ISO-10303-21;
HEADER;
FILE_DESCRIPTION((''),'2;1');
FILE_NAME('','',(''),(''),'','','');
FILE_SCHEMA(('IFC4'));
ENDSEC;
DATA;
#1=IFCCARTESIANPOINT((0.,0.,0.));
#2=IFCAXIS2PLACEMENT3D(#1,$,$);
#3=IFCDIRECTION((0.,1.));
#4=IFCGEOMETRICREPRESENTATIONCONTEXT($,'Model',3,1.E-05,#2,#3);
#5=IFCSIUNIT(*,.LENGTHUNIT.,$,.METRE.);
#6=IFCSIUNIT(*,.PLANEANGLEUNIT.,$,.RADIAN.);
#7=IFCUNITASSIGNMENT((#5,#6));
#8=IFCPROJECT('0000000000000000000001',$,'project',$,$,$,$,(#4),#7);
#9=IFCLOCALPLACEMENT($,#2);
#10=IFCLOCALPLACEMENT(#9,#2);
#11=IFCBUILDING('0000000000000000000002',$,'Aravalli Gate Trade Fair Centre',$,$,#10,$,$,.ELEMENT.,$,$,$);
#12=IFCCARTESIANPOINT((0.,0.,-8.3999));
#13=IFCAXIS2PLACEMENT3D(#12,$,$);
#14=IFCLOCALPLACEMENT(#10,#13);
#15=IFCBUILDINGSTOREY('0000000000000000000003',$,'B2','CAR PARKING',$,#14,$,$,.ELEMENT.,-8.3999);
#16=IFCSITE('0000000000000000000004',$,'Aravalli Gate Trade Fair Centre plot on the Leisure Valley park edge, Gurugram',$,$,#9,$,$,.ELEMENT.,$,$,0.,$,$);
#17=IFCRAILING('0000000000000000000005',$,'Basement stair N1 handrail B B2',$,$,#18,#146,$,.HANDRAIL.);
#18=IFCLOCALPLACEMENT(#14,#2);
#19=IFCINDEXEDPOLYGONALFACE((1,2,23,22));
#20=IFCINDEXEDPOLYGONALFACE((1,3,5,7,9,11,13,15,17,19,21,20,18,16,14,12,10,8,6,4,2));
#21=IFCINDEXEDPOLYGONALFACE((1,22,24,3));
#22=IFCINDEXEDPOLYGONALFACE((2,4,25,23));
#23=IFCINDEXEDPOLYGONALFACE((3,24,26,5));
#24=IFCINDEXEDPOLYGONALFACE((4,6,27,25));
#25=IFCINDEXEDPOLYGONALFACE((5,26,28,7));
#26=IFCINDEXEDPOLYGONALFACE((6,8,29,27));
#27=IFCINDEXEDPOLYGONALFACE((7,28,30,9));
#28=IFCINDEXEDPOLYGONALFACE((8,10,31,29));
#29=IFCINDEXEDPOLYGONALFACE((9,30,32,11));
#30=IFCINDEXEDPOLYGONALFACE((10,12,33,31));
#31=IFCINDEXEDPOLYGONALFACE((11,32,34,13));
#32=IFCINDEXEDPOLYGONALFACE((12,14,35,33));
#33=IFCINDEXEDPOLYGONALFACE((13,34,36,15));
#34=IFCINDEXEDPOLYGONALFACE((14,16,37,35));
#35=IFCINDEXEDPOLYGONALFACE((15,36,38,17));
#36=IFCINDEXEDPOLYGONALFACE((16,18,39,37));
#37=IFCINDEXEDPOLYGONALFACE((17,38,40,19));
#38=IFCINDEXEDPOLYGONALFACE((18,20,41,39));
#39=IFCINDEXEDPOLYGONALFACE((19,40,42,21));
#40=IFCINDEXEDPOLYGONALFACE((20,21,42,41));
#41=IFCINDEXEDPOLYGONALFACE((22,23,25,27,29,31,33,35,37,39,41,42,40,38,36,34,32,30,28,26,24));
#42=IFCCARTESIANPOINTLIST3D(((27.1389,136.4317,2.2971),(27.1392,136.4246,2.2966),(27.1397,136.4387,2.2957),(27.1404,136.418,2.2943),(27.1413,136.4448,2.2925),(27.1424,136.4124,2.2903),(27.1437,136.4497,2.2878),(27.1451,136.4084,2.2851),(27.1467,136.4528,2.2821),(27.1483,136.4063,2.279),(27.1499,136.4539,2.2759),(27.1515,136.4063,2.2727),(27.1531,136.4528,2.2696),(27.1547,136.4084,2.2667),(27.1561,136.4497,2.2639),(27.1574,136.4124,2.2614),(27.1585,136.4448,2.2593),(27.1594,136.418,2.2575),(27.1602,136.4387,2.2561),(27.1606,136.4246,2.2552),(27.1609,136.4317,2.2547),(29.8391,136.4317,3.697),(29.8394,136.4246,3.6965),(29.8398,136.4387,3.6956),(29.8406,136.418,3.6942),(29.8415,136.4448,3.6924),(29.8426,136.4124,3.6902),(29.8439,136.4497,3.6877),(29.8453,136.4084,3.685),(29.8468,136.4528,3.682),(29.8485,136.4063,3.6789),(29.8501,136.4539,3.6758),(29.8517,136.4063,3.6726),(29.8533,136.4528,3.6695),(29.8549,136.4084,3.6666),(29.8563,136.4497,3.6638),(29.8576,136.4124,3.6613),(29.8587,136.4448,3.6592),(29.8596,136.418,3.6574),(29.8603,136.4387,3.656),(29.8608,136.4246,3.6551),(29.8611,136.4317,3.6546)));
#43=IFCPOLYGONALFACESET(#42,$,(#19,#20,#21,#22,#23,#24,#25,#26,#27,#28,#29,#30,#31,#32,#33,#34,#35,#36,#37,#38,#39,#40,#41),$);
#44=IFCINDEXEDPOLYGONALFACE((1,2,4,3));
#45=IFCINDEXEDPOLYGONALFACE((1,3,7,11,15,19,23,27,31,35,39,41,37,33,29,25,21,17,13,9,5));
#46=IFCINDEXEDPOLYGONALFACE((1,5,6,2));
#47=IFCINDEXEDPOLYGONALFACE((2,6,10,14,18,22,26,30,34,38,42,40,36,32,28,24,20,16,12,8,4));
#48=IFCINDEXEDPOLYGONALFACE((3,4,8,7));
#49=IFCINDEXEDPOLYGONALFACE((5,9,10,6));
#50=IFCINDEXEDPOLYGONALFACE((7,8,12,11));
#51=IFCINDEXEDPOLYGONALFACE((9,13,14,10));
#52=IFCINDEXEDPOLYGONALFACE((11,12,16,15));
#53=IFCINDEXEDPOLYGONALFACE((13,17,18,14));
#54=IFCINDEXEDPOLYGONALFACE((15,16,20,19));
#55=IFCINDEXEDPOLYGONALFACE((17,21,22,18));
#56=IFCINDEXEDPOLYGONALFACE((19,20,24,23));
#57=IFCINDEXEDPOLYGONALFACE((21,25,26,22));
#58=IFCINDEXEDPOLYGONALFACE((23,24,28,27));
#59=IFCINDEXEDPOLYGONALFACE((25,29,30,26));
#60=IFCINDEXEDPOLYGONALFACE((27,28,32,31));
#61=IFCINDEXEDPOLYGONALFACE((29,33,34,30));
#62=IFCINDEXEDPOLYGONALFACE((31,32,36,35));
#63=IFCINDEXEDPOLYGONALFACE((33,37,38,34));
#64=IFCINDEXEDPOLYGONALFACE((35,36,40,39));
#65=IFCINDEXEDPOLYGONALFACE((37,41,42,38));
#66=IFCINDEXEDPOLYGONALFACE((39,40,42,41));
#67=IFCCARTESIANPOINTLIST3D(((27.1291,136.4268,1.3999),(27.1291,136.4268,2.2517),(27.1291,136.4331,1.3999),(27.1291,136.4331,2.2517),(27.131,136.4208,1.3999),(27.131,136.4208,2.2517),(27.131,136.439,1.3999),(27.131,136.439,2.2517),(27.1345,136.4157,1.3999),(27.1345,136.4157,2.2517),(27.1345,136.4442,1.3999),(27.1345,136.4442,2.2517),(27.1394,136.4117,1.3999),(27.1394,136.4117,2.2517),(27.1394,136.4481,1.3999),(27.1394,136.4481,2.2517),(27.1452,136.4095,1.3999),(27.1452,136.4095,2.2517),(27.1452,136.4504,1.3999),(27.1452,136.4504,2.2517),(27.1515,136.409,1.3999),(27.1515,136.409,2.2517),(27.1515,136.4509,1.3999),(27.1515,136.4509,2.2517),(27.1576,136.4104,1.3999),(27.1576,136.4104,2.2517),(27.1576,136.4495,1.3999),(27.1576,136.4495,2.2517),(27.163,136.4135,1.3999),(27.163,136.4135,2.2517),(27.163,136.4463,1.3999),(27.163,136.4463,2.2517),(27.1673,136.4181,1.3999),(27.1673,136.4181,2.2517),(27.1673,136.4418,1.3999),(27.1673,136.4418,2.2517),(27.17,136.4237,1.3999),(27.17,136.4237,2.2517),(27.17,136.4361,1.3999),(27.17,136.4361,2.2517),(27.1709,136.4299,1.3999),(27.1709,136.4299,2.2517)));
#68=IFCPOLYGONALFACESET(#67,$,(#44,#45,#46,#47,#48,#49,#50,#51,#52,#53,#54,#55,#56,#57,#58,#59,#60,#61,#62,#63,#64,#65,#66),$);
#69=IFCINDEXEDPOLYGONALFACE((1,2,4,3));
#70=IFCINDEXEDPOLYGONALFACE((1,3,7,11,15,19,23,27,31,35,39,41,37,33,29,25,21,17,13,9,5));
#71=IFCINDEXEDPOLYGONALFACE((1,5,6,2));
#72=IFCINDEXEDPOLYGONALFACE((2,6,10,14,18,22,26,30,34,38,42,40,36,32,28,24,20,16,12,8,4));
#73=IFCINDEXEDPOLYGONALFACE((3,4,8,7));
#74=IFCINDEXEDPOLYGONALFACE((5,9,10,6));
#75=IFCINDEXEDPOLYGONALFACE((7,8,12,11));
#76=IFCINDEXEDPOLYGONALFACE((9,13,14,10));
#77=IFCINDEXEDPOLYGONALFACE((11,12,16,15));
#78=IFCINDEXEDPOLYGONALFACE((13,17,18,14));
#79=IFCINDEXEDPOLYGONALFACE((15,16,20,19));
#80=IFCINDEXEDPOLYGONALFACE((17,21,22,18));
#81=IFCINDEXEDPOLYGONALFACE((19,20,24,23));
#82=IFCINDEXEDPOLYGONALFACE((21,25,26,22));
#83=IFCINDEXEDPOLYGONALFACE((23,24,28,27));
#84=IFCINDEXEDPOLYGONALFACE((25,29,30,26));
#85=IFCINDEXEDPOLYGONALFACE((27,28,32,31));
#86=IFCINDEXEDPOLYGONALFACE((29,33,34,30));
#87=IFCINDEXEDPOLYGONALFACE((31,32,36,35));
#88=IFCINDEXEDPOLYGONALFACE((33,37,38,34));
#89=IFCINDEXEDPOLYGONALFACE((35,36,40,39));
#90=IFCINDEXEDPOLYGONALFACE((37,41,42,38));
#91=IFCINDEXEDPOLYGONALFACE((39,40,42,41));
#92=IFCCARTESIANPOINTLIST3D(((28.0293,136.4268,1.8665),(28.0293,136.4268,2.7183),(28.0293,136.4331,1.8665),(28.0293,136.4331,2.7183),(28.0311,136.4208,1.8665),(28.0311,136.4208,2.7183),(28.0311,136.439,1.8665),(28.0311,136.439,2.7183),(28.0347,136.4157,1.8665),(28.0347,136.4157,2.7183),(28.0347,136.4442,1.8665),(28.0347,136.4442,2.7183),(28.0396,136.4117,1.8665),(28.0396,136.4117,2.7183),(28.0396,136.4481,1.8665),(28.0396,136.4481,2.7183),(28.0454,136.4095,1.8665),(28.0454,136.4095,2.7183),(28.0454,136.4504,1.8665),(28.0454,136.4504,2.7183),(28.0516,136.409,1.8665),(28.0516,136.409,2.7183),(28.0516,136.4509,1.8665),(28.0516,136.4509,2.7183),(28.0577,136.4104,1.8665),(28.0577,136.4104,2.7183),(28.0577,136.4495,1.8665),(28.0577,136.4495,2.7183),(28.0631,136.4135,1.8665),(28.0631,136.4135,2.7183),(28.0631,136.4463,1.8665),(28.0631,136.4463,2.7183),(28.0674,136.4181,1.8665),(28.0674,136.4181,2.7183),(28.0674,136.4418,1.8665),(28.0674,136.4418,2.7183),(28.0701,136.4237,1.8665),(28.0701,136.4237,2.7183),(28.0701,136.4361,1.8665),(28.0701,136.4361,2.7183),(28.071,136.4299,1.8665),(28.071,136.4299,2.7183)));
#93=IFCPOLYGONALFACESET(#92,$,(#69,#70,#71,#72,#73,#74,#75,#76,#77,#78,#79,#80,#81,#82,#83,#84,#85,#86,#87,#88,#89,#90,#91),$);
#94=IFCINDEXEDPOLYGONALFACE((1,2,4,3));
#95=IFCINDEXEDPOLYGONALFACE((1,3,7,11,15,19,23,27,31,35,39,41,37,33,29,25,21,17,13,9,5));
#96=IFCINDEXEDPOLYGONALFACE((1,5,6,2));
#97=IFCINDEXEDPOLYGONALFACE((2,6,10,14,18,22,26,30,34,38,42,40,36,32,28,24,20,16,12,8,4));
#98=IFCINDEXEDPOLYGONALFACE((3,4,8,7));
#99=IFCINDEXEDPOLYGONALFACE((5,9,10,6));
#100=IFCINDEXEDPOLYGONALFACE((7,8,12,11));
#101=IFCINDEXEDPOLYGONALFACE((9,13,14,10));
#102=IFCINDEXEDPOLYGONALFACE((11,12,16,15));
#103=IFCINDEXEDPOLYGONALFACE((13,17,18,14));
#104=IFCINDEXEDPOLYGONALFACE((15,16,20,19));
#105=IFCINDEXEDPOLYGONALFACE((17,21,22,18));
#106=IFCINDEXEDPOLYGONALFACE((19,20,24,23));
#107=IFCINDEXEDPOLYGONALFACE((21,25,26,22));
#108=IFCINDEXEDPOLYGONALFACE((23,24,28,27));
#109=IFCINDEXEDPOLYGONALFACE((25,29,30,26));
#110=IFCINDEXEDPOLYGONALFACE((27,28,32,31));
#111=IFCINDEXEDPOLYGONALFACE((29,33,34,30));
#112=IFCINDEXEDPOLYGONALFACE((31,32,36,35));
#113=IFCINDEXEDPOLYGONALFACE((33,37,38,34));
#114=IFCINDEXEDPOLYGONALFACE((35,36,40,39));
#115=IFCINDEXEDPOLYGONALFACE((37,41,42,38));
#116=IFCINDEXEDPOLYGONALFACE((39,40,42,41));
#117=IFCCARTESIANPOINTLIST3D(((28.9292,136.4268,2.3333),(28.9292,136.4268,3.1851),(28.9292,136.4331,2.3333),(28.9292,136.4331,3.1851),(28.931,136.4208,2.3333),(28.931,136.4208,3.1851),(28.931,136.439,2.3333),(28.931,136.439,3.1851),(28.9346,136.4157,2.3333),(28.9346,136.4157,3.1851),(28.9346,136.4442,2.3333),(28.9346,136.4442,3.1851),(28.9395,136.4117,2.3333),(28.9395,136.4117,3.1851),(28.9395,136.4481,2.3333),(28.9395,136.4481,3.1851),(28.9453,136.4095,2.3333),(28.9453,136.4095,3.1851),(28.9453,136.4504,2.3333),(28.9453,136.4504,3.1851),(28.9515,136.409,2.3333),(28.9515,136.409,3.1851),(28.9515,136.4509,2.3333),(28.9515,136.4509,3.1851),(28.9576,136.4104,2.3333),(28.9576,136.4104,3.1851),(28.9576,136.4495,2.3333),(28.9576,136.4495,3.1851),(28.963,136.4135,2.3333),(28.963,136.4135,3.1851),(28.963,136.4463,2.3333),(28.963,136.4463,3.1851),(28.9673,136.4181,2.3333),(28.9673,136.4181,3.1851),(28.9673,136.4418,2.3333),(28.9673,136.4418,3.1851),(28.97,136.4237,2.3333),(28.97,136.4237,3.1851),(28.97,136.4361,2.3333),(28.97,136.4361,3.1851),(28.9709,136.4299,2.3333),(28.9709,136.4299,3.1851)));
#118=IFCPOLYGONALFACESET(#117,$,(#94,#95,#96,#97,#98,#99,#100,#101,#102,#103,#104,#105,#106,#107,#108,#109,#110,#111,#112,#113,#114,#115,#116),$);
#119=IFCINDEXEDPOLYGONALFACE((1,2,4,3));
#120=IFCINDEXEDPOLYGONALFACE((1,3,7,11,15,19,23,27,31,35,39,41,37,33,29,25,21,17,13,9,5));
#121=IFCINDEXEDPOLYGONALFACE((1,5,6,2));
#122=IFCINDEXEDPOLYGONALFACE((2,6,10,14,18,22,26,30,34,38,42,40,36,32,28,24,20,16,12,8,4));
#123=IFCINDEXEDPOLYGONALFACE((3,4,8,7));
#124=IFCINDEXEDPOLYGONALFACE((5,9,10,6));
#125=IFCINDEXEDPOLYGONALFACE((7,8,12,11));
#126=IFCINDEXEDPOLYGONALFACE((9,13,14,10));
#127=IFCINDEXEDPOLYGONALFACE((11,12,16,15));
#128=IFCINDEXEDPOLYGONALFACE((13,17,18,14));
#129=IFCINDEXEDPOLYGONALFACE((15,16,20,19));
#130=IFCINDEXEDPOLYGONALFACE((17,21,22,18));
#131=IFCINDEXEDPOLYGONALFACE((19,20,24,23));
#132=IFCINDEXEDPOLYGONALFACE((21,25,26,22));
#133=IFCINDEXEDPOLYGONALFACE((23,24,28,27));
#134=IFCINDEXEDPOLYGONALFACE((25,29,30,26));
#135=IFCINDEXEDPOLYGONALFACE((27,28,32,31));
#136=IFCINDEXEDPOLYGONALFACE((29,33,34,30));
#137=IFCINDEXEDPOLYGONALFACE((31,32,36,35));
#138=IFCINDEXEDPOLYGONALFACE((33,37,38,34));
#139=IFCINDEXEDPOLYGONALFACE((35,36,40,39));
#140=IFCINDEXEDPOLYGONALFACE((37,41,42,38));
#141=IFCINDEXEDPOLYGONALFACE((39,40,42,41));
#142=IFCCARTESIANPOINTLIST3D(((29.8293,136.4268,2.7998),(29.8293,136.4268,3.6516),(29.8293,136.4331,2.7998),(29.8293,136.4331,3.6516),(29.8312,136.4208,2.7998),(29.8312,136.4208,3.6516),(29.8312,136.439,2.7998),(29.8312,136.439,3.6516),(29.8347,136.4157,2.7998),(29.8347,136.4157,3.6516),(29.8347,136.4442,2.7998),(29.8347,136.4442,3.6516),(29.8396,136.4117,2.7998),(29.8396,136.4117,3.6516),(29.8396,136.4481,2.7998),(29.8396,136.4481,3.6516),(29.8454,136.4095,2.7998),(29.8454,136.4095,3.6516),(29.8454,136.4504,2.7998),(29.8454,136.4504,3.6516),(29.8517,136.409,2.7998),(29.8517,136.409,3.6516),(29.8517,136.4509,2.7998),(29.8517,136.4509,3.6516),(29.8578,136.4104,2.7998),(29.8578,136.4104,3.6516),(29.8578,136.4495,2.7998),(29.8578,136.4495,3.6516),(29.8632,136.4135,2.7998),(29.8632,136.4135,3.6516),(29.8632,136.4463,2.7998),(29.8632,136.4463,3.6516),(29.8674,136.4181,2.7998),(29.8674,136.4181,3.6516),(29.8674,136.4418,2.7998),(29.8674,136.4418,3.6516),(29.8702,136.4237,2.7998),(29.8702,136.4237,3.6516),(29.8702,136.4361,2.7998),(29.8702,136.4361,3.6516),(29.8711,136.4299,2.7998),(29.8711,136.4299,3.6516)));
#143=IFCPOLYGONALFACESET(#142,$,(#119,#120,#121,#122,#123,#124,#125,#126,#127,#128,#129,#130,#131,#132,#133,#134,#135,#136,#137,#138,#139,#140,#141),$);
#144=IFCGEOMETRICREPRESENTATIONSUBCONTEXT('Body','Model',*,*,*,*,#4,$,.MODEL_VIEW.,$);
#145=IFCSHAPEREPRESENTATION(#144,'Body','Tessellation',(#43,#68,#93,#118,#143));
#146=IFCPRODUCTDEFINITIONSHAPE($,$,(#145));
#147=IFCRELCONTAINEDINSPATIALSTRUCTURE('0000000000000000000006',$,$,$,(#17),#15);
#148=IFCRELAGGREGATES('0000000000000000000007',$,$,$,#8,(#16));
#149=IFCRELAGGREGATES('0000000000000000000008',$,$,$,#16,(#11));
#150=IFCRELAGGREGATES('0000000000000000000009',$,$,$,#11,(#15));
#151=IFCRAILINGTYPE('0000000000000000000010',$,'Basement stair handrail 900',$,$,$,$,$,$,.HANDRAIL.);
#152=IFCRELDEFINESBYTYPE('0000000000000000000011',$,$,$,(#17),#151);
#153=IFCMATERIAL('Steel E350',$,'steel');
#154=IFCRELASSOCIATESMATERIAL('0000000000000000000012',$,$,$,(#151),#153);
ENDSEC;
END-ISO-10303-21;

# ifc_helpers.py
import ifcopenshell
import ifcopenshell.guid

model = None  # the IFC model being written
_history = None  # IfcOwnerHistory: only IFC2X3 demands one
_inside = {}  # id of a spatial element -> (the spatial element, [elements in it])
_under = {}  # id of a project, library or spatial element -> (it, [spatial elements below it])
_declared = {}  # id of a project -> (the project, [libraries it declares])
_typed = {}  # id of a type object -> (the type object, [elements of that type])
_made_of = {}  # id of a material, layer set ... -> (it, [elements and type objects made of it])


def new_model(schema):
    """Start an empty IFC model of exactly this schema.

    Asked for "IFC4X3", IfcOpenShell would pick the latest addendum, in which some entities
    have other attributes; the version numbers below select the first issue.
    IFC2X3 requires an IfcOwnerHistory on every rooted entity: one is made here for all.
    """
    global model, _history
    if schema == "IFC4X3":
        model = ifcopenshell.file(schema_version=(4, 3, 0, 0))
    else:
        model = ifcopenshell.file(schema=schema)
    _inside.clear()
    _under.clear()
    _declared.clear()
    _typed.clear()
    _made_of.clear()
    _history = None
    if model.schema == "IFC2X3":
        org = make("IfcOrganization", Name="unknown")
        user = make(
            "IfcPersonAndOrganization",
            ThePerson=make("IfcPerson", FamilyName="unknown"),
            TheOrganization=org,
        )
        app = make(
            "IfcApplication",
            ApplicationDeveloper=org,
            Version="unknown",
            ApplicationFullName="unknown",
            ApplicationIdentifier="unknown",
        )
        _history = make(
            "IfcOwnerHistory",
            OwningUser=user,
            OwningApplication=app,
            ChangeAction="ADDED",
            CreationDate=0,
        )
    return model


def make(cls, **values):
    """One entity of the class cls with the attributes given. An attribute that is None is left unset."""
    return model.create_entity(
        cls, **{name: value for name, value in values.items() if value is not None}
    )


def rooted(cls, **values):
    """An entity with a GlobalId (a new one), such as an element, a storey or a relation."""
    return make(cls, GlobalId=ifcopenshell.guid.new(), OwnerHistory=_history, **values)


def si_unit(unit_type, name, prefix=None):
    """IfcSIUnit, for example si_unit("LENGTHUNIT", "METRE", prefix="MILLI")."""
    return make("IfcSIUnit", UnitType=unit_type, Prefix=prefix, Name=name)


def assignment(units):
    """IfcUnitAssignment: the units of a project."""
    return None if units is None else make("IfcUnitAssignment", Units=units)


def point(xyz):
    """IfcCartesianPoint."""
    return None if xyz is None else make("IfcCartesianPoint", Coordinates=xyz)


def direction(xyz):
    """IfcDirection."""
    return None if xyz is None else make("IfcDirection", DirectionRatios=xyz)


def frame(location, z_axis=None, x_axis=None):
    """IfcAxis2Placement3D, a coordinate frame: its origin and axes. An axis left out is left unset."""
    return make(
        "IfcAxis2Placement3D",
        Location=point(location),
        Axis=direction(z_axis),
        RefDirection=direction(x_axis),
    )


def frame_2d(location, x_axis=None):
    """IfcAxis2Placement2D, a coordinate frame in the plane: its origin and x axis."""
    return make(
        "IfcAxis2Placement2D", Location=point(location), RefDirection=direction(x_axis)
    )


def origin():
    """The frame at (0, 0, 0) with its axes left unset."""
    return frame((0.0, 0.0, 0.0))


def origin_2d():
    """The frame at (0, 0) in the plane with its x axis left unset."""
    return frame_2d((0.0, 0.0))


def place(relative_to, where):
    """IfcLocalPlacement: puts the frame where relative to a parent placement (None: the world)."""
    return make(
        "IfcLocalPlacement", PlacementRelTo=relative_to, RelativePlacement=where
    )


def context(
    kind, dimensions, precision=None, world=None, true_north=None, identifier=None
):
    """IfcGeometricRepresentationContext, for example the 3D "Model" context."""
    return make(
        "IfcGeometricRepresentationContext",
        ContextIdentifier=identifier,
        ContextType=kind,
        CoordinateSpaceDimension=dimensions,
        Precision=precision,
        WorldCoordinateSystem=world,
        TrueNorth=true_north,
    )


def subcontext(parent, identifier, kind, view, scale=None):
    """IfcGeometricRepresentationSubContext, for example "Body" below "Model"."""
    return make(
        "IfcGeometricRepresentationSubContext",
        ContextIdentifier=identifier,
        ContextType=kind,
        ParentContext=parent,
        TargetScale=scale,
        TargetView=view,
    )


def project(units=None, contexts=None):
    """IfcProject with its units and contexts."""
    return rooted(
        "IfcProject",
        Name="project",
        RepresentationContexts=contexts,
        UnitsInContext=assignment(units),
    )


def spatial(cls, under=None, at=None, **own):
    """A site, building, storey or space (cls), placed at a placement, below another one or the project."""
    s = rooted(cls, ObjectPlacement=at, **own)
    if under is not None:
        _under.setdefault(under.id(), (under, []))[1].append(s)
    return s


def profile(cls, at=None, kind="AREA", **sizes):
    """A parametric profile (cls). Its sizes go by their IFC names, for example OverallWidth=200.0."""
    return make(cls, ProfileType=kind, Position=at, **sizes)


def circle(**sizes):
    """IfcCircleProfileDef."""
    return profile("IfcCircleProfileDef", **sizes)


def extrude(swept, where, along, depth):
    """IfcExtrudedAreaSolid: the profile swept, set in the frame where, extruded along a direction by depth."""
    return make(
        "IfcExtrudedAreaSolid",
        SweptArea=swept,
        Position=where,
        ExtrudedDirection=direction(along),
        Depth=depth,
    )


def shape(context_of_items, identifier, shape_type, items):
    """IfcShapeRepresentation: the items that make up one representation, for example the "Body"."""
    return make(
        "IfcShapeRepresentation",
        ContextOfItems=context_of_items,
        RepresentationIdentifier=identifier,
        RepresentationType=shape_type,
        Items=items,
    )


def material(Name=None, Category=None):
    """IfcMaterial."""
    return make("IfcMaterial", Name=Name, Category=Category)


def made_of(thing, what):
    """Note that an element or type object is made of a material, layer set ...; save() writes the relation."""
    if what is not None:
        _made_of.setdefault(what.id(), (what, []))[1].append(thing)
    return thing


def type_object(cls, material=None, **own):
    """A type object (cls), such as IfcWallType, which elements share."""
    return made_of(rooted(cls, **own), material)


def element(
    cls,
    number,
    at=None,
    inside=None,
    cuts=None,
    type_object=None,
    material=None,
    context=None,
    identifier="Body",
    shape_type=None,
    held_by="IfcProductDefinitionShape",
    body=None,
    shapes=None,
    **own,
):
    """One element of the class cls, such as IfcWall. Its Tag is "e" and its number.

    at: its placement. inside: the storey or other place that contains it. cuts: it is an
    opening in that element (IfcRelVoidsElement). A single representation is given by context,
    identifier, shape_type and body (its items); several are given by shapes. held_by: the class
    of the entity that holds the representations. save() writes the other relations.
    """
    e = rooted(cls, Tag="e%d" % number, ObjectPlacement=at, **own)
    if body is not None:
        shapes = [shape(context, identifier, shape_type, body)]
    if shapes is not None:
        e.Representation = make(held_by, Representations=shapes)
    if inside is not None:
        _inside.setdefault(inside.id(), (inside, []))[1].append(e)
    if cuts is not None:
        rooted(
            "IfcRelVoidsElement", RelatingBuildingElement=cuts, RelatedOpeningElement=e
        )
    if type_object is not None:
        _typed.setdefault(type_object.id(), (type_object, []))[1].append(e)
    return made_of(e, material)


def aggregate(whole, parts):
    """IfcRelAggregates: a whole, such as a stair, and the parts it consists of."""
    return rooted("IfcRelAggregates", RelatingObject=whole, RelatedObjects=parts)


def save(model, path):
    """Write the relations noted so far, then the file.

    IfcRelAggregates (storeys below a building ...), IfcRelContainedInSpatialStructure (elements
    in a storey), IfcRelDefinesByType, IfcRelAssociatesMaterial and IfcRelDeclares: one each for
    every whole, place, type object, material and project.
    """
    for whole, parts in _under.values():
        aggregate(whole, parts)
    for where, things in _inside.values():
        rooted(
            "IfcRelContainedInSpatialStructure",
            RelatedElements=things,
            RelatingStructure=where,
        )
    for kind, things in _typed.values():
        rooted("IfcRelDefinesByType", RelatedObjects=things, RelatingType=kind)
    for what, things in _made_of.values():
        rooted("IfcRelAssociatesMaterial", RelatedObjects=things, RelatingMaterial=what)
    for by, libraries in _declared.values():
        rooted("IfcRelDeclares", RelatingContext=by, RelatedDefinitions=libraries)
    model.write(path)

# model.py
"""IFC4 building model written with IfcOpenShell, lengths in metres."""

from ifc_helpers import new_model, si_unit, direction, frame, origin, origin_2d, place, context, subcontext, project, spatial, circle, extrude, material, type_object, element, save


model = new_model("IFC4")

# Units and contexts
model_context = context("Model", 3, precision=1e-05, world=origin(), true_north=direction((0.0, 1.0)))
body_context = subcontext(model_context, "Body", "Model", "MODEL_VIEW")
ifc_project = project(units=[si_unit("LENGTHUNIT", "METRE"), si_unit("PLANEANGLEUNIT", "RADIAN")], contexts=[model_context])

# Site, building, storey
site_placement = place(None, origin())
site = spatial("IfcSite", under=ifc_project, at=site_placement, Name="Aravalli Gate Trade Fair Centre plot on the Leisure Valley park edge, Gurugram", CompositionType="ELEMENT", RefElevation=0.0)
building_placement = place(site_placement, origin())
building = spatial("IfcBuilding", under=site, at=building_placement, Name="Aravalli Gate Trade Fair Centre", CompositionType="ELEMENT")
storey_placement = place(building_placement, frame((0.0, 0.0, -8.3999)))
storey = spatial("IfcBuildingStorey", under=building, at=storey_placement, Name="B2", Description="CAR PARKING", CompositionType="ELEMENT", Elevation=-8.3999)

# Railing
ifc_material_1 = material(Name="Steel E350", Category="steel")
railing_type_1 = type_object("IfcRailingType", Name="Basement stair handrail 900", PredefinedType="HANDRAIL", material=ifc_material_1)
railing_1_placement = place(storey_placement, frame((27.1499, 136.4299, 1.3999)))
element("IfcRailing", 1, at=railing_1_placement, inside=storey, type_object=railing_type_1, Name="Basement stair N1 handrail B B2", PredefinedType="HANDRAIL", context=body_context, shape_type="SweptSolid", body=[
    extrude(circle(Radius=0.0239, at=origin_2d()), frame((0.0, 0.0, 0.876), z_axis=(0.887781, 0.0, 0.460266), x_axis=(0.0, 1.0, 0.0)), (0.0, 0.0, 1.0), 3.0415),
    extrude(circle(Radius=0.021, at=origin_2d()), origin(), (0.0, 0.0, 1.0), 0.8518),
    extrude(circle(Radius=0.021, at=origin_2d()), frame((0.9001, 0.0, 0.4666)), (0.0, 0.0, 1.0), 0.8518),
    extrude(circle(Radius=0.021, at=origin_2d()), frame((1.8, 0.0, 0.9333)), (0.0, 0.0, 1.0), 0.8518),
    extrude(circle(Radius=0.021, at=origin_2d()), frame((2.7002, 0.0, 1.3999)), (0.0, 0.0, 1.0), 0.8518),
])

save(model, "model.ifc")
